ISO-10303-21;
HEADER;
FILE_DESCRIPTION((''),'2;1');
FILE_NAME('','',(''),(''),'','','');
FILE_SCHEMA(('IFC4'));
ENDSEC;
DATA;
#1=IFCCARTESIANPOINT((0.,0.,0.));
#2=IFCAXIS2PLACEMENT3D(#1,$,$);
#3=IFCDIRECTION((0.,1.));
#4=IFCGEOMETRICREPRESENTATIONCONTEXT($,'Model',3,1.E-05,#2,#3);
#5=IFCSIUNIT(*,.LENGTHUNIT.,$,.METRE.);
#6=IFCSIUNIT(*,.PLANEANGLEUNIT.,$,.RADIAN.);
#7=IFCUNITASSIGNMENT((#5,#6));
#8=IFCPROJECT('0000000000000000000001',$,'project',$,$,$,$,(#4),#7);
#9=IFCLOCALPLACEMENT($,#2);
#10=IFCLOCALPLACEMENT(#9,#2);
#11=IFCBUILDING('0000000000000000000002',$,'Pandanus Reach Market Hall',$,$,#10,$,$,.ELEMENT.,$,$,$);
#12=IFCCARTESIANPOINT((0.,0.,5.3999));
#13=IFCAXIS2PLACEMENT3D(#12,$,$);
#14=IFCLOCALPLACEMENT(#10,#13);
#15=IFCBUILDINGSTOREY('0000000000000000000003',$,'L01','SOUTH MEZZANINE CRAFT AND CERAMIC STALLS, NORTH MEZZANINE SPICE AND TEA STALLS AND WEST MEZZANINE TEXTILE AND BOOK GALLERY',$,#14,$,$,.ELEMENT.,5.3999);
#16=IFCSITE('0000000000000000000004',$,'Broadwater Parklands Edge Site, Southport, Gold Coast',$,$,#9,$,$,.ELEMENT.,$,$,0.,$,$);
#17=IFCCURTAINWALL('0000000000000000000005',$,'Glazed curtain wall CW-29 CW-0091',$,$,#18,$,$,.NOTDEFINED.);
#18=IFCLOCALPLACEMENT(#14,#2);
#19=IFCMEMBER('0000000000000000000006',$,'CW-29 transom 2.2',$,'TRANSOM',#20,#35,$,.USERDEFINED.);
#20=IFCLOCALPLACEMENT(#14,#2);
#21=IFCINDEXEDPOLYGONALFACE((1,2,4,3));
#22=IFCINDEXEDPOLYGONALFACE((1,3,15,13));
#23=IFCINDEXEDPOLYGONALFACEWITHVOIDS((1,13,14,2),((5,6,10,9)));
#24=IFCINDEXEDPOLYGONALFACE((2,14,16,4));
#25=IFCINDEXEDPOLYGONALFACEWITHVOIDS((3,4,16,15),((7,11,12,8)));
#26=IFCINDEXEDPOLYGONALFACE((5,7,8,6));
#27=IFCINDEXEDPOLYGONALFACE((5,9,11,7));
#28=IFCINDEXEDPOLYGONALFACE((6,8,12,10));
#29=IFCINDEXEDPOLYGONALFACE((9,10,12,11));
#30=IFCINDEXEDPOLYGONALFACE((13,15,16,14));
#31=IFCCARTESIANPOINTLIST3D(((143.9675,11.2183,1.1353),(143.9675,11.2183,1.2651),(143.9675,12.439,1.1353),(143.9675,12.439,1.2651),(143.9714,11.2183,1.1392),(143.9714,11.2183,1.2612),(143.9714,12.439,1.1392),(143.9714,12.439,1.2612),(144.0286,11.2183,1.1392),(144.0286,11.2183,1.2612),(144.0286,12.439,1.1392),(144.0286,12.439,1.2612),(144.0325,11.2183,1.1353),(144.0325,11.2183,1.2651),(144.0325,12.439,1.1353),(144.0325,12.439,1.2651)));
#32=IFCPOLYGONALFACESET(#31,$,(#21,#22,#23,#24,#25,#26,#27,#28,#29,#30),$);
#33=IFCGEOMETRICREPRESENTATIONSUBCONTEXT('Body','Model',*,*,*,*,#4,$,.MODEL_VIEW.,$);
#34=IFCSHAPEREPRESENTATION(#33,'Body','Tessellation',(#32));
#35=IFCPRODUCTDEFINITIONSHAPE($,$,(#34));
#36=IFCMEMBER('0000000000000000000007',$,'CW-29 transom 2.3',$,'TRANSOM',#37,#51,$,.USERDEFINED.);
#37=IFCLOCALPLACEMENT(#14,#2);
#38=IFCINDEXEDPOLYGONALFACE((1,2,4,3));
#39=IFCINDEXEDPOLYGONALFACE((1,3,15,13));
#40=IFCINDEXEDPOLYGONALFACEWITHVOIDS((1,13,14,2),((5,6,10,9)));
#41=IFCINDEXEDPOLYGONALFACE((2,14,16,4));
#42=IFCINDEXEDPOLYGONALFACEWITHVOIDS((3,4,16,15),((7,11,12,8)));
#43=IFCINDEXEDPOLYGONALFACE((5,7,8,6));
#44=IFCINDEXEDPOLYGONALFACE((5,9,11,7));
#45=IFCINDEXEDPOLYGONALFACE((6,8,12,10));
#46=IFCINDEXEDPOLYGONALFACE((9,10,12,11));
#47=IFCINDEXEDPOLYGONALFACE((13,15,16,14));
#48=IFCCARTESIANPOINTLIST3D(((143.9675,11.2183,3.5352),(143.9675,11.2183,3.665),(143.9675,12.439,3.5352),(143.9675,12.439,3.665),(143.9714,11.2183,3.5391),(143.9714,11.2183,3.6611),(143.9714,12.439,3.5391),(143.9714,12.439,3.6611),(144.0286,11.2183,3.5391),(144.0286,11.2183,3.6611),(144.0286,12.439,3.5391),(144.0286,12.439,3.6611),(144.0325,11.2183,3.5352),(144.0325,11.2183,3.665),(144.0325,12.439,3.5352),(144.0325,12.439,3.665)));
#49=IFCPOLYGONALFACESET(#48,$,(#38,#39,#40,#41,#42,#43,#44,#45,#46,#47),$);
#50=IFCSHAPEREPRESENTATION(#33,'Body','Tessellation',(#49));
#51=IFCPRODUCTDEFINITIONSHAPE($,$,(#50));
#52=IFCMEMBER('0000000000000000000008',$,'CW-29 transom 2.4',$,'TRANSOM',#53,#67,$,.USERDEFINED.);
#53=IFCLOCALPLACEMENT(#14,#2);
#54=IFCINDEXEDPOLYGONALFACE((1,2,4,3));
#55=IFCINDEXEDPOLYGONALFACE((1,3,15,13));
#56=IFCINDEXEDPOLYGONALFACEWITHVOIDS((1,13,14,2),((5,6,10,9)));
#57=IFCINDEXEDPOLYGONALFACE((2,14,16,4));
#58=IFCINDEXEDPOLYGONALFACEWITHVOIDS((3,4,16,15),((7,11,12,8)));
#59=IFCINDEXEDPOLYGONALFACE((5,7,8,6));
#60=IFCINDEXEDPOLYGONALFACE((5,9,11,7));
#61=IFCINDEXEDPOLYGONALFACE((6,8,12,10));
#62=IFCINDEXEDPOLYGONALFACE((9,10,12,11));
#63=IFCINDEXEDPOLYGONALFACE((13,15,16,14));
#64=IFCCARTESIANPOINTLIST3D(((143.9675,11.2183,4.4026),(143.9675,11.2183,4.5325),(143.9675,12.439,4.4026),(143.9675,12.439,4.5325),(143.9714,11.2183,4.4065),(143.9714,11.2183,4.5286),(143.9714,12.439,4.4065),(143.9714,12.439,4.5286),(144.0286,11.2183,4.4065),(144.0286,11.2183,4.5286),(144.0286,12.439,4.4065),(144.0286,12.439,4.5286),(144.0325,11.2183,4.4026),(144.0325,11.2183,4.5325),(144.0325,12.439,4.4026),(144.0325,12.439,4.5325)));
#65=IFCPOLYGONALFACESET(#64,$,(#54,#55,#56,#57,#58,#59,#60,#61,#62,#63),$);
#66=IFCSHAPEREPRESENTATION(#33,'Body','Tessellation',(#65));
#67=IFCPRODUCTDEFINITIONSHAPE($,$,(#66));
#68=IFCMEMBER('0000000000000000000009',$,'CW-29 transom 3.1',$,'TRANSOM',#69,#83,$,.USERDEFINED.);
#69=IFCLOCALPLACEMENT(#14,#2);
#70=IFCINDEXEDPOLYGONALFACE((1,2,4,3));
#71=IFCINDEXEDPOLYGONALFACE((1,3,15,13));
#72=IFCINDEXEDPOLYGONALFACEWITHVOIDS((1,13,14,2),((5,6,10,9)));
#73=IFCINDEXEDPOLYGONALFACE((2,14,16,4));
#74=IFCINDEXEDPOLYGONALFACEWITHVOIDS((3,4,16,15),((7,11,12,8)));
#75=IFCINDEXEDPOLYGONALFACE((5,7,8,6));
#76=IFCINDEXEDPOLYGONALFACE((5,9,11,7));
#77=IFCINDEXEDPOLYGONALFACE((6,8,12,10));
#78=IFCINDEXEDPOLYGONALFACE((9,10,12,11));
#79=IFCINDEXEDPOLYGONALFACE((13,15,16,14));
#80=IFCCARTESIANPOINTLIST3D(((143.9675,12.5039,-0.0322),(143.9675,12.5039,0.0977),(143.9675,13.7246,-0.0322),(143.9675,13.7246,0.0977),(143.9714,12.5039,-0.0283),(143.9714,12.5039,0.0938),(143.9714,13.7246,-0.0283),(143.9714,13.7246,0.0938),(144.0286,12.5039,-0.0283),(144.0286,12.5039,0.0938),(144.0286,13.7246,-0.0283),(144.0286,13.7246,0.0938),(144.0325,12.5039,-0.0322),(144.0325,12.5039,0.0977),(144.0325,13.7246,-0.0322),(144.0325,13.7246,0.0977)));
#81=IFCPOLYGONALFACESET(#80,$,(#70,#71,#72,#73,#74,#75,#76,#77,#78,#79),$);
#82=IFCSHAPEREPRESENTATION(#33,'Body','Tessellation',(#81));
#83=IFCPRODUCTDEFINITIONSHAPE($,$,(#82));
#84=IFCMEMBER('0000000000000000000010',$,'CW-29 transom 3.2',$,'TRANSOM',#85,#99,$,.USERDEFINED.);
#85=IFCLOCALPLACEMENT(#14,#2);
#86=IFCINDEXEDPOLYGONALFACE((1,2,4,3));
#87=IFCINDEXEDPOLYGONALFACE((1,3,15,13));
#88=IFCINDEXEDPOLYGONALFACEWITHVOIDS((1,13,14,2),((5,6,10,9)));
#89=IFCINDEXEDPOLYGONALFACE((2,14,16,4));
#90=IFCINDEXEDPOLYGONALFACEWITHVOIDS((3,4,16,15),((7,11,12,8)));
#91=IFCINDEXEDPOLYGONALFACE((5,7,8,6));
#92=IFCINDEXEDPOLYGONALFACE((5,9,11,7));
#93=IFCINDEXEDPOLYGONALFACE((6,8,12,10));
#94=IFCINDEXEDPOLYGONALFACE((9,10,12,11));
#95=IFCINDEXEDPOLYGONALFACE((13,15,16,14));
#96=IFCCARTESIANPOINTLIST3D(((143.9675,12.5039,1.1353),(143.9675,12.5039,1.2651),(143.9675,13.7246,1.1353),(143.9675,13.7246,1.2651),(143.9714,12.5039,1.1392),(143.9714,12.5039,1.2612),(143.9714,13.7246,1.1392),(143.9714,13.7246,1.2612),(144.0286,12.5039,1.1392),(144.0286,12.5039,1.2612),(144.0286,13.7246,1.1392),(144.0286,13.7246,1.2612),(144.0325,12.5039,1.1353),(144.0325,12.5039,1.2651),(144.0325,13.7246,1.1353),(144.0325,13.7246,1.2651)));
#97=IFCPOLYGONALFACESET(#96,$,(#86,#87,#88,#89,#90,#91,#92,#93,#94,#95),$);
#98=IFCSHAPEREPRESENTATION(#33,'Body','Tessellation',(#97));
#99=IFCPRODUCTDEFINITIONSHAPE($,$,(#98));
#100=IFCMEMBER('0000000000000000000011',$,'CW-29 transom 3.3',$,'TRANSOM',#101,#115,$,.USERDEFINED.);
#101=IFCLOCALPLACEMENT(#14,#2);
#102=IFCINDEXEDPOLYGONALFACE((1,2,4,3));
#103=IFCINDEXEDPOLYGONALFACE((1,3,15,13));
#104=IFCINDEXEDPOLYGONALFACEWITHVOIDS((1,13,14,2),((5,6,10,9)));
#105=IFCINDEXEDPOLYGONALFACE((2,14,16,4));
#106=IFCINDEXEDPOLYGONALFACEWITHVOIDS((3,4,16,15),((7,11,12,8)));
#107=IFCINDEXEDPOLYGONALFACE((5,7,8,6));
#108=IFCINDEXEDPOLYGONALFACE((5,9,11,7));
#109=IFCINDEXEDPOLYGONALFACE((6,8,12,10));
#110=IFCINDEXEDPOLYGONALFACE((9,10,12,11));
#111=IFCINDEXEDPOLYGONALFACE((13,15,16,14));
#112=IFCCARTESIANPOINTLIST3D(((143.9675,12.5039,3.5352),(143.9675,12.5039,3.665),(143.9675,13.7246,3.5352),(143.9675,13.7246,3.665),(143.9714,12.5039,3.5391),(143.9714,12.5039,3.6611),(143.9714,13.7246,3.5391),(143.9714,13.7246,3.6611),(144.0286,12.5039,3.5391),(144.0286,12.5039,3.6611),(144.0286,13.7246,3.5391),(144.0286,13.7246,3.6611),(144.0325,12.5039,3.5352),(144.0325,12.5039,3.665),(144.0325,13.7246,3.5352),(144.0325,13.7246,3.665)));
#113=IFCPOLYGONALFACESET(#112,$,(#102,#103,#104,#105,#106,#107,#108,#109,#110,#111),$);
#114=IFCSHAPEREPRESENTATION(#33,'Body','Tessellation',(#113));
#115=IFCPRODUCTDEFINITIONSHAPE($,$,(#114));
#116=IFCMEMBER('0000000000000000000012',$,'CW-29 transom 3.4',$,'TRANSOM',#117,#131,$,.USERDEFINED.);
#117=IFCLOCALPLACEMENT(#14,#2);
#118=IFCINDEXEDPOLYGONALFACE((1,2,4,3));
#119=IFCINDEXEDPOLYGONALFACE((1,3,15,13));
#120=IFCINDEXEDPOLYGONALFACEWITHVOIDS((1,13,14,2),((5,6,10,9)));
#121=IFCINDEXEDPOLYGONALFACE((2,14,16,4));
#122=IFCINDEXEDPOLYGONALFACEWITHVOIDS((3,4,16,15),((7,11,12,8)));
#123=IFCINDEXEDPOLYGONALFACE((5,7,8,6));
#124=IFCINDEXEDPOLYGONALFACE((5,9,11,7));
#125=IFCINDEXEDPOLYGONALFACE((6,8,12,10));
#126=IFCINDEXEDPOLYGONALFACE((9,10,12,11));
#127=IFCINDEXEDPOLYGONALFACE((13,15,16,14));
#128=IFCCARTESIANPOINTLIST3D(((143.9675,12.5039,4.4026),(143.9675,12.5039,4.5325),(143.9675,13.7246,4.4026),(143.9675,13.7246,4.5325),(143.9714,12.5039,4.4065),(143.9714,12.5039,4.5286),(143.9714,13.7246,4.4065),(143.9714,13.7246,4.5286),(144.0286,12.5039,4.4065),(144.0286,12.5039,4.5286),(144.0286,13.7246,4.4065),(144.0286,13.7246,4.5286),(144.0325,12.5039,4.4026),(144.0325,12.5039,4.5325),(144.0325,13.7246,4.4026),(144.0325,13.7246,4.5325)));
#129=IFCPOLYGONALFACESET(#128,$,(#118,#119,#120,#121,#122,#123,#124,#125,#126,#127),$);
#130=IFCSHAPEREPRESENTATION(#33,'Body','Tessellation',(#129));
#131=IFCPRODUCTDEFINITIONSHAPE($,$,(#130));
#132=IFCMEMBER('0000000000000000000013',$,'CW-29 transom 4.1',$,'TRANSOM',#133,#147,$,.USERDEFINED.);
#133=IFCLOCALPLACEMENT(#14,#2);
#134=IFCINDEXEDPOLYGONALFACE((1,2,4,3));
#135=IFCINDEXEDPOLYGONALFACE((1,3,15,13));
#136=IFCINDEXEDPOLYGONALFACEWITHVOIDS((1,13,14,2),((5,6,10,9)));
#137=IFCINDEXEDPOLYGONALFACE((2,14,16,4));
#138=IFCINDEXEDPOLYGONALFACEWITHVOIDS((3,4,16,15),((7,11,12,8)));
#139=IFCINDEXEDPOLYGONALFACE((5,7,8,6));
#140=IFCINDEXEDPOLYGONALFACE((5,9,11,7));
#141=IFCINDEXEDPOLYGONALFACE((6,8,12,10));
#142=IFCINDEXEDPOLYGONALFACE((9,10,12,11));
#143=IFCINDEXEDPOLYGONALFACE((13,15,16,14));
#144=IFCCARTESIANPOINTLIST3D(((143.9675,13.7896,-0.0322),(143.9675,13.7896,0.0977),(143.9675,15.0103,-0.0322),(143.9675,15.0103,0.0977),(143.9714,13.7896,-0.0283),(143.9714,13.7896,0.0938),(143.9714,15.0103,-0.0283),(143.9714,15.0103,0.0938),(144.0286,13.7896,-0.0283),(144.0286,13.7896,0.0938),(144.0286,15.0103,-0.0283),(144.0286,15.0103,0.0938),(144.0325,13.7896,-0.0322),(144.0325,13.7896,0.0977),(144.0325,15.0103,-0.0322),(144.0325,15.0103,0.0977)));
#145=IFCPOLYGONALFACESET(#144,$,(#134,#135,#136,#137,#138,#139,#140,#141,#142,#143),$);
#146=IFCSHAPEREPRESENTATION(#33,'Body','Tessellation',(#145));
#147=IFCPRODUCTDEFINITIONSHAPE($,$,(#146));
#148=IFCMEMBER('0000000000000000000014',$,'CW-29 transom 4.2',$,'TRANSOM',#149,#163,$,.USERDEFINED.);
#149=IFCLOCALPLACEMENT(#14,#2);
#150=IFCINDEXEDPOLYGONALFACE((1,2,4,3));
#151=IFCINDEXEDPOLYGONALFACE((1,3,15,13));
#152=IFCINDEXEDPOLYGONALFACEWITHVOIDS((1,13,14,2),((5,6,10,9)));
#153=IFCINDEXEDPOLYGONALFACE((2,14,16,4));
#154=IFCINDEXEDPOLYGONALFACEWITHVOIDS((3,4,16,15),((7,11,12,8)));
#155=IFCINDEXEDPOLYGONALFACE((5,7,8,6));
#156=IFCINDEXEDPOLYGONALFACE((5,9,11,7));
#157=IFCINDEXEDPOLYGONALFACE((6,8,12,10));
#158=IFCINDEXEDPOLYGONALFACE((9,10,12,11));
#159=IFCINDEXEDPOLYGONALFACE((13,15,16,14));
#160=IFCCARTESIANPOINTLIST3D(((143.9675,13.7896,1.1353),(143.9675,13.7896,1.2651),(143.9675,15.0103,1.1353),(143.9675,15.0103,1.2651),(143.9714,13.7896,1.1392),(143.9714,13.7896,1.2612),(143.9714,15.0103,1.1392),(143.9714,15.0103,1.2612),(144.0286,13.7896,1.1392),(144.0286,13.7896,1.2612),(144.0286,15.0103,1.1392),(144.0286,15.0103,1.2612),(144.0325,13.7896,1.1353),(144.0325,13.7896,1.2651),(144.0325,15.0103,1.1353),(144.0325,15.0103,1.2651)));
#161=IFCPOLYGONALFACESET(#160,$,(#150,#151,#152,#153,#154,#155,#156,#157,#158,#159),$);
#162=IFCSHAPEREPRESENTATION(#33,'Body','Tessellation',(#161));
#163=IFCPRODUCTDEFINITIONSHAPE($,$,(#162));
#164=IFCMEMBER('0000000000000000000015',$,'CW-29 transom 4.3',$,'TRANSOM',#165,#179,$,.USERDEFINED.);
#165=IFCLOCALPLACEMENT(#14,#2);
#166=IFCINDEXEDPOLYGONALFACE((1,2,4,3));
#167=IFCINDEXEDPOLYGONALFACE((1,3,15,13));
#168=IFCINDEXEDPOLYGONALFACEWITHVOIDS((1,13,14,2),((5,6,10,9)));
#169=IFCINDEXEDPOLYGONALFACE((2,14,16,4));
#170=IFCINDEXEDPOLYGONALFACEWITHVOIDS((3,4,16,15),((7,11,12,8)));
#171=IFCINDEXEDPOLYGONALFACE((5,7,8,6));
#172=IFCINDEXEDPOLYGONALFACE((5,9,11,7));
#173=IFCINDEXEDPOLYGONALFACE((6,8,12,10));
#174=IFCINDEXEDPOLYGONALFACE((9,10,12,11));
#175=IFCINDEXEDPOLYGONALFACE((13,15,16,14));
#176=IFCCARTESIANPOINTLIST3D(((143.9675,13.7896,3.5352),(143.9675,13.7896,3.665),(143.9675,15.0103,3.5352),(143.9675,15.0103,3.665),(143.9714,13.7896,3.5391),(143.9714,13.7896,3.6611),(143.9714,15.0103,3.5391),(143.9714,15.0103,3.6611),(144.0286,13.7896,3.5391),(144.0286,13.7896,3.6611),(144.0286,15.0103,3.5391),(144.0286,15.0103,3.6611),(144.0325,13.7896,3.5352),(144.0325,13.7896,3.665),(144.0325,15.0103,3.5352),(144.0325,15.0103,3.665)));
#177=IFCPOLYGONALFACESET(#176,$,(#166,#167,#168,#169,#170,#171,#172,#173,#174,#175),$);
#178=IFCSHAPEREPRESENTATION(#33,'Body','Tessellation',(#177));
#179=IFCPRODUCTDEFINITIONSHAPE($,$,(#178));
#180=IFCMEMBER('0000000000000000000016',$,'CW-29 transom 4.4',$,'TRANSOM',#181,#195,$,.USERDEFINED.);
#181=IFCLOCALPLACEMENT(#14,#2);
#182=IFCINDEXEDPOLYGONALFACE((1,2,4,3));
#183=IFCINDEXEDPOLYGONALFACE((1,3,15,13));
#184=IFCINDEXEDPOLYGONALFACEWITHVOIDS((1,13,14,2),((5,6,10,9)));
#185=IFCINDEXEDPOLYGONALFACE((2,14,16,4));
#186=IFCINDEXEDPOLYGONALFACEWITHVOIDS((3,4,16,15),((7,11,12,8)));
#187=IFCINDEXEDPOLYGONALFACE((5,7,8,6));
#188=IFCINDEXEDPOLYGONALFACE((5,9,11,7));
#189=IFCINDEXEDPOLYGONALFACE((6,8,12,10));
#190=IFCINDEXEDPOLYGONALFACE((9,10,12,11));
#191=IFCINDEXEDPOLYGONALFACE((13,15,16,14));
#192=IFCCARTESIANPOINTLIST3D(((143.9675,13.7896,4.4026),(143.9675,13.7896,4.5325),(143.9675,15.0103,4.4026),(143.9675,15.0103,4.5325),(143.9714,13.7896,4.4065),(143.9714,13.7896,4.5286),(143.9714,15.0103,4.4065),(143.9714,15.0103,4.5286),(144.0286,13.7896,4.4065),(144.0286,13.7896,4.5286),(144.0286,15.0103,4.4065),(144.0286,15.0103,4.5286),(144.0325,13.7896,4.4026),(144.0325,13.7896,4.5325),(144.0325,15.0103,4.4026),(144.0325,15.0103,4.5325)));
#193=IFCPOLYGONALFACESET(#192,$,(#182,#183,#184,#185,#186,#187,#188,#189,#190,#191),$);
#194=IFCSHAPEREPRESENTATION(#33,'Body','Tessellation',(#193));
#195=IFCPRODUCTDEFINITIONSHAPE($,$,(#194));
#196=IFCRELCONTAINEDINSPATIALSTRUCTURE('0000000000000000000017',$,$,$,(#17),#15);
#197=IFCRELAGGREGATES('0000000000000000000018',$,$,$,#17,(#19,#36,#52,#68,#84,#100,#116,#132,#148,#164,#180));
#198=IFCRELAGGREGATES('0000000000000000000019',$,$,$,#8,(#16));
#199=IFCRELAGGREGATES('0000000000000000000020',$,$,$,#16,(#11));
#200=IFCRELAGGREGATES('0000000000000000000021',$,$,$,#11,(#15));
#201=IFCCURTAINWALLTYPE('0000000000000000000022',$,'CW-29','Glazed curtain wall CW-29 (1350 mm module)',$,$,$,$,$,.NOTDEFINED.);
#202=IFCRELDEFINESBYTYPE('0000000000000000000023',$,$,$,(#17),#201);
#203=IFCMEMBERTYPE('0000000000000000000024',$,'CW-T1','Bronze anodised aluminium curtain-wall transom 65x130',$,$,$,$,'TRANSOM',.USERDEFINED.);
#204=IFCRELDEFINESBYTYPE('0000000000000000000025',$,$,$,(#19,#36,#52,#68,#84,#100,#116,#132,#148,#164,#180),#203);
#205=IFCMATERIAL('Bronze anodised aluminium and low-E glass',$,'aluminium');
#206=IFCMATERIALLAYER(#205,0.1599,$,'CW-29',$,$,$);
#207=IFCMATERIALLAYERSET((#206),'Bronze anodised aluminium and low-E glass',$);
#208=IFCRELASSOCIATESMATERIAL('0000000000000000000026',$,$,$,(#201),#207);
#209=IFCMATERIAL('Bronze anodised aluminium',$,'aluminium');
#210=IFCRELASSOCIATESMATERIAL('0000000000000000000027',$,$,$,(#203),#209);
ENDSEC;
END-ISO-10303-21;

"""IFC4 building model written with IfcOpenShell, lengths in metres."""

from ifc_helpers import new_model, si_unit, direction, frame, origin, origin_2d, place, context, subcontext, project, spatial, hollow_rectangle, extrude, material, layer, layer_set, material_profile, profile_set, type_object, element, aggregate, save


model = new_model("IFC4")

# Units and contexts
model_context = context("Model", 3, precision=1e-05, world=origin(), true_north=direction((0.0, 1.0)))
body_context = subcontext(model_context, "Body", "Model", "MODEL_VIEW")
ifc_project = project(units=[si_unit("LENGTHUNIT", "METRE"), si_unit("PLANEANGLEUNIT", "RADIAN")], contexts=[model_context])

# Site, building, storey
site_placement = place(None, origin())
site = spatial("IfcSite", under=ifc_project, at=site_placement, Name="Broadwater Parklands Edge Site, Southport, Gold Coast", CompositionType="ELEMENT", RefElevation=0.0)
building_placement = place(site_placement, origin())
building = spatial("IfcBuilding", under=site, at=building_placement, Name="Pandanus Reach Market Hall", CompositionType="ELEMENT")
storey_placement = place(building_placement, frame((0.0, 0.0, 5.3999)))
storey = spatial("IfcBuildingStorey", under=building, at=storey_placement, Name="L01", Description="SOUTH MEZZANINE CRAFT AND CERAMIC STALLS, NORTH MEZZANINE SPICE AND TEA STALLS AND WEST MEZZANINE TEXTILE AND BOOK GALLERY", CompositionType="ELEMENT", Elevation=5.3999)

# Curtain wall, members
ifc_material_1 = material(Name="Bronze anodised aluminium and low-E glass", Category="aluminium")
ifc_layer_1 = layer(ifc_material_1, 0.1599, Name="CW-29")
ifc_layer_set_1 = layer_set([ifc_layer_1], Name="Bronze anodised aluminium and low-E glass")
curtain_wall_type = type_object("IfcCurtainWallType", Name="CW-29", Description="Glazed curtain wall CW-29 (1350 mm module)", PredefinedType="NOTDEFINED", material=ifc_layer_set_1)
curtain_wall_placement = place(storey_placement, origin())
curtain_wall = element("IfcCurtainWall", 1, at=curtain_wall_placement, inside=storey, type_object=curtain_wall_type, Name="Glazed curtain wall CW-29 CW-0091", PredefinedType="NOTDEFINED")
ifc_material_2 = material(Name="Bronze anodised aluminium", Category="aluminium")
ifc_material_profile_1 = material_profile(ifc_material_2, hollow_rectangle(XDim=0.0649, YDim=0.1299, WallThickness=0.0039, at=origin_2d()), Name="ALU65x130", Category="LoadBearing")
ifc_profile_set_1 = profile_set([ifc_material_profile_1], Name="Bronze anodised aluminium")
member_type_1 = type_object("IfcMemberType", Name="CW-T1", Description="Bronze anodised aluminium curtain-wall transom 65x130", ElementType="TRANSOM", PredefinedType="USERDEFINED", material=ifc_profile_set_1)
member_1_placement = place(storey_placement, frame((144.0, 11.2183, 1.2002), z_axis=(0.0, 1.0, 0.0), x_axis=(-1.0, 0.0, 0.0)))
member_1 = element("IfcMember", 2, at=member_1_placement, type_object=member_type_1, Name="CW-29 transom 2.2", ObjectType="TRANSOM", PredefinedType="USERDEFINED", context=body_context, shape_type="SweptSolid", body=[
    extrude(hollow_rectangle(XDim=0.0649, YDim=0.1299, WallThickness=0.0039, at=origin_2d()), origin(), (0.0, 0.0, 1.0), 1.2207),
])
member_2_placement = place(storey_placement, frame((144.0, 11.2183, 3.6001), z_axis=(0.0, 1.0, 0.0), x_axis=(-1.0, 0.0, 0.0)))
member_2 = element("IfcMember", 3, at=member_2_placement, type_object=member_type_1, Name="CW-29 transom 2.3", ObjectType="TRANSOM", PredefinedType="USERDEFINED", context=body_context, shape_type="SweptSolid", body=[
    extrude(hollow_rectangle(XDim=0.0649, YDim=0.1299, WallThickness=0.0039, at=origin_2d()), origin(), (0.0, 0.0, 1.0), 1.2207),
])
member_3_placement = place(storey_placement, frame((144.0, 11.2183, 4.4675), z_axis=(0.0, 1.0, 0.0), x_axis=(-1.0, 0.0, 0.0)))
member_3 = element("IfcMember", 4, at=member_3_placement, type_object=member_type_1, Name="CW-29 transom 2.4", ObjectType="TRANSOM", PredefinedType="USERDEFINED", context=body_context, shape_type="SweptSolid", body=[
    extrude(hollow_rectangle(XDim=0.0649, YDim=0.1299, WallThickness=0.0039, at=origin_2d()), origin(), (0.0, 0.0, 1.0), 1.2207),
])
member_4_placement = place(storey_placement, frame((144.0, 12.5039, 0.0327), z_axis=(0.0, 1.0, 0.0), x_axis=(-1.0, 0.0, 0.0)))
member_4 = element("IfcMember", 5, at=member_4_placement, type_object=member_type_1, Name="CW-29 transom 3.1", ObjectType="TRANSOM", PredefinedType="USERDEFINED", context=body_context, shape_type="SweptSolid", body=[
    extrude(hollow_rectangle(XDim=0.0649, YDim=0.1299, WallThickness=0.0039, at=origin_2d()), origin(), (0.0, 0.0, 1.0), 1.2207),
])
member_5_placement = place(storey_placement, frame((144.0, 12.5039, 1.2002), z_axis=(0.0, 1.0, 0.0), x_axis=(-1.0, 0.0, 0.0)))
member_5 = element("IfcMember", 6, at=member_5_placement, type_object=member_type_1, Name="CW-29 transom 3.2", ObjectType="TRANSOM", PredefinedType="USERDEFINED", context=body_context, shape_type="SweptSolid", body=[
    extrude(hollow_rectangle(XDim=0.0649, YDim=0.1299, WallThickness=0.0039, at=origin_2d()), origin(), (0.0, 0.0, 1.0), 1.2207),
])
member_6_placement = place(storey_placement, frame((144.0, 12.5039, 3.6001), z_axis=(0.0, 1.0, 0.0), x_axis=(-1.0, 0.0, 0.0)))
member_6 = element("IfcMember", 7, at=member_6_placement, type_object=member_type_1, Name="CW-29 transom 3.3", ObjectType="TRANSOM", PredefinedType="USERDEFINED", context=body_context, shape_type="SweptSolid", body=[
    extrude(hollow_rectangle(XDim=0.0649, YDim=0.1299, WallThickness=0.0039, at=origin_2d()), origin(), (0.0, 0.0, 1.0), 1.2207),
])
member_7_placement = place(storey_placement, frame((144.0, 12.5039, 4.4675), z_axis=(0.0, 1.0, 0.0), x_axis=(-1.0, 0.0, 0.0)))
member_7 = element("IfcMember", 8, at=member_7_placement, type_object=member_type_1, Name="CW-29 transom 3.4", ObjectType="TRANSOM", PredefinedType="USERDEFINED", context=body_context, shape_type="SweptSolid", body=[
    extrude(hollow_rectangle(XDim=0.0649, YDim=0.1299, WallThickness=0.0039, at=origin_2d()), origin(), (0.0, 0.0, 1.0), 1.2207),
])
member_8_placement = place(storey_placement, frame((144.0, 13.7896, 0.0327), z_axis=(0.0, 1.0, 0.0), x_axis=(-1.0, 0.0, 0.0)))
member_8 = element("IfcMember", 9, at=member_8_placement, type_object=member_type_1, Name="CW-29 transom 4.1", ObjectType="TRANSOM", PredefinedType="USERDEFINED", context=body_context, shape_type="SweptSolid", body=[
    extrude(hollow_rectangle(XDim=0.0649, YDim=0.1299, WallThickness=0.0039, at=origin_2d()), origin(), (0.0, 0.0, 1.0), 1.2207),
])
member_9_placement = place(storey_placement, frame((144.0, 13.7896, 1.2002), z_axis=(0.0, 1.0, 0.0), x_axis=(-1.0, 0.0, 0.0)))
member_9 = element("IfcMember", 10, at=member_9_placement, type_object=member_type_1, Name="CW-29 transom 4.2", ObjectType="TRANSOM", PredefinedType="USERDEFINED", context=body_context, shape_type="SweptSolid", body=[
    extrude(hollow_rectangle(XDim=0.0649, YDim=0.1299, WallThickness=0.0039, at=origin_2d()), origin(), (0.0, 0.0, 1.0), 1.2207),
])
member_10_placement = place(storey_placement, frame((144.0, 13.7896, 3.6001), z_axis=(0.0, 1.0, 0.0), x_axis=(-1.0, 0.0, 0.0)))
member_10 = element("IfcMember", 11, at=member_10_placement, type_object=member_type_1, Name="CW-29 transom 4.3", ObjectType="TRANSOM", PredefinedType="USERDEFINED", context=body_context, shape_type="SweptSolid", body=[
    extrude(hollow_rectangle(XDim=0.0649, YDim=0.1299, WallThickness=0.0039, at=origin_2d()), origin(), (0.0, 0.0, 1.0), 1.2207),
])
member_11_placement = place(storey_placement, frame((144.0, 13.7896, 4.4675), z_axis=(0.0, 1.0, 0.0), x_axis=(-1.0, 0.0, 0.0)))
member_11 = element("IfcMember", 12, at=member_11_placement, type_object=member_type_1, Name="CW-29 transom 4.4", ObjectType="TRANSOM", PredefinedType="USERDEFINED", context=body_context, shape_type="SweptSolid", body=[
    extrude(hollow_rectangle(XDim=0.0649, YDim=0.1299, WallThickness=0.0039, at=origin_2d()), origin(), (0.0, 0.0, 1.0), 1.2207),
])
aggregate(curtain_wall, [member_1, member_2, member_3, member_4, member_5, member_6, member_7, member_8, member_9, member_10, member_11])

save(model, "model.ifc")
